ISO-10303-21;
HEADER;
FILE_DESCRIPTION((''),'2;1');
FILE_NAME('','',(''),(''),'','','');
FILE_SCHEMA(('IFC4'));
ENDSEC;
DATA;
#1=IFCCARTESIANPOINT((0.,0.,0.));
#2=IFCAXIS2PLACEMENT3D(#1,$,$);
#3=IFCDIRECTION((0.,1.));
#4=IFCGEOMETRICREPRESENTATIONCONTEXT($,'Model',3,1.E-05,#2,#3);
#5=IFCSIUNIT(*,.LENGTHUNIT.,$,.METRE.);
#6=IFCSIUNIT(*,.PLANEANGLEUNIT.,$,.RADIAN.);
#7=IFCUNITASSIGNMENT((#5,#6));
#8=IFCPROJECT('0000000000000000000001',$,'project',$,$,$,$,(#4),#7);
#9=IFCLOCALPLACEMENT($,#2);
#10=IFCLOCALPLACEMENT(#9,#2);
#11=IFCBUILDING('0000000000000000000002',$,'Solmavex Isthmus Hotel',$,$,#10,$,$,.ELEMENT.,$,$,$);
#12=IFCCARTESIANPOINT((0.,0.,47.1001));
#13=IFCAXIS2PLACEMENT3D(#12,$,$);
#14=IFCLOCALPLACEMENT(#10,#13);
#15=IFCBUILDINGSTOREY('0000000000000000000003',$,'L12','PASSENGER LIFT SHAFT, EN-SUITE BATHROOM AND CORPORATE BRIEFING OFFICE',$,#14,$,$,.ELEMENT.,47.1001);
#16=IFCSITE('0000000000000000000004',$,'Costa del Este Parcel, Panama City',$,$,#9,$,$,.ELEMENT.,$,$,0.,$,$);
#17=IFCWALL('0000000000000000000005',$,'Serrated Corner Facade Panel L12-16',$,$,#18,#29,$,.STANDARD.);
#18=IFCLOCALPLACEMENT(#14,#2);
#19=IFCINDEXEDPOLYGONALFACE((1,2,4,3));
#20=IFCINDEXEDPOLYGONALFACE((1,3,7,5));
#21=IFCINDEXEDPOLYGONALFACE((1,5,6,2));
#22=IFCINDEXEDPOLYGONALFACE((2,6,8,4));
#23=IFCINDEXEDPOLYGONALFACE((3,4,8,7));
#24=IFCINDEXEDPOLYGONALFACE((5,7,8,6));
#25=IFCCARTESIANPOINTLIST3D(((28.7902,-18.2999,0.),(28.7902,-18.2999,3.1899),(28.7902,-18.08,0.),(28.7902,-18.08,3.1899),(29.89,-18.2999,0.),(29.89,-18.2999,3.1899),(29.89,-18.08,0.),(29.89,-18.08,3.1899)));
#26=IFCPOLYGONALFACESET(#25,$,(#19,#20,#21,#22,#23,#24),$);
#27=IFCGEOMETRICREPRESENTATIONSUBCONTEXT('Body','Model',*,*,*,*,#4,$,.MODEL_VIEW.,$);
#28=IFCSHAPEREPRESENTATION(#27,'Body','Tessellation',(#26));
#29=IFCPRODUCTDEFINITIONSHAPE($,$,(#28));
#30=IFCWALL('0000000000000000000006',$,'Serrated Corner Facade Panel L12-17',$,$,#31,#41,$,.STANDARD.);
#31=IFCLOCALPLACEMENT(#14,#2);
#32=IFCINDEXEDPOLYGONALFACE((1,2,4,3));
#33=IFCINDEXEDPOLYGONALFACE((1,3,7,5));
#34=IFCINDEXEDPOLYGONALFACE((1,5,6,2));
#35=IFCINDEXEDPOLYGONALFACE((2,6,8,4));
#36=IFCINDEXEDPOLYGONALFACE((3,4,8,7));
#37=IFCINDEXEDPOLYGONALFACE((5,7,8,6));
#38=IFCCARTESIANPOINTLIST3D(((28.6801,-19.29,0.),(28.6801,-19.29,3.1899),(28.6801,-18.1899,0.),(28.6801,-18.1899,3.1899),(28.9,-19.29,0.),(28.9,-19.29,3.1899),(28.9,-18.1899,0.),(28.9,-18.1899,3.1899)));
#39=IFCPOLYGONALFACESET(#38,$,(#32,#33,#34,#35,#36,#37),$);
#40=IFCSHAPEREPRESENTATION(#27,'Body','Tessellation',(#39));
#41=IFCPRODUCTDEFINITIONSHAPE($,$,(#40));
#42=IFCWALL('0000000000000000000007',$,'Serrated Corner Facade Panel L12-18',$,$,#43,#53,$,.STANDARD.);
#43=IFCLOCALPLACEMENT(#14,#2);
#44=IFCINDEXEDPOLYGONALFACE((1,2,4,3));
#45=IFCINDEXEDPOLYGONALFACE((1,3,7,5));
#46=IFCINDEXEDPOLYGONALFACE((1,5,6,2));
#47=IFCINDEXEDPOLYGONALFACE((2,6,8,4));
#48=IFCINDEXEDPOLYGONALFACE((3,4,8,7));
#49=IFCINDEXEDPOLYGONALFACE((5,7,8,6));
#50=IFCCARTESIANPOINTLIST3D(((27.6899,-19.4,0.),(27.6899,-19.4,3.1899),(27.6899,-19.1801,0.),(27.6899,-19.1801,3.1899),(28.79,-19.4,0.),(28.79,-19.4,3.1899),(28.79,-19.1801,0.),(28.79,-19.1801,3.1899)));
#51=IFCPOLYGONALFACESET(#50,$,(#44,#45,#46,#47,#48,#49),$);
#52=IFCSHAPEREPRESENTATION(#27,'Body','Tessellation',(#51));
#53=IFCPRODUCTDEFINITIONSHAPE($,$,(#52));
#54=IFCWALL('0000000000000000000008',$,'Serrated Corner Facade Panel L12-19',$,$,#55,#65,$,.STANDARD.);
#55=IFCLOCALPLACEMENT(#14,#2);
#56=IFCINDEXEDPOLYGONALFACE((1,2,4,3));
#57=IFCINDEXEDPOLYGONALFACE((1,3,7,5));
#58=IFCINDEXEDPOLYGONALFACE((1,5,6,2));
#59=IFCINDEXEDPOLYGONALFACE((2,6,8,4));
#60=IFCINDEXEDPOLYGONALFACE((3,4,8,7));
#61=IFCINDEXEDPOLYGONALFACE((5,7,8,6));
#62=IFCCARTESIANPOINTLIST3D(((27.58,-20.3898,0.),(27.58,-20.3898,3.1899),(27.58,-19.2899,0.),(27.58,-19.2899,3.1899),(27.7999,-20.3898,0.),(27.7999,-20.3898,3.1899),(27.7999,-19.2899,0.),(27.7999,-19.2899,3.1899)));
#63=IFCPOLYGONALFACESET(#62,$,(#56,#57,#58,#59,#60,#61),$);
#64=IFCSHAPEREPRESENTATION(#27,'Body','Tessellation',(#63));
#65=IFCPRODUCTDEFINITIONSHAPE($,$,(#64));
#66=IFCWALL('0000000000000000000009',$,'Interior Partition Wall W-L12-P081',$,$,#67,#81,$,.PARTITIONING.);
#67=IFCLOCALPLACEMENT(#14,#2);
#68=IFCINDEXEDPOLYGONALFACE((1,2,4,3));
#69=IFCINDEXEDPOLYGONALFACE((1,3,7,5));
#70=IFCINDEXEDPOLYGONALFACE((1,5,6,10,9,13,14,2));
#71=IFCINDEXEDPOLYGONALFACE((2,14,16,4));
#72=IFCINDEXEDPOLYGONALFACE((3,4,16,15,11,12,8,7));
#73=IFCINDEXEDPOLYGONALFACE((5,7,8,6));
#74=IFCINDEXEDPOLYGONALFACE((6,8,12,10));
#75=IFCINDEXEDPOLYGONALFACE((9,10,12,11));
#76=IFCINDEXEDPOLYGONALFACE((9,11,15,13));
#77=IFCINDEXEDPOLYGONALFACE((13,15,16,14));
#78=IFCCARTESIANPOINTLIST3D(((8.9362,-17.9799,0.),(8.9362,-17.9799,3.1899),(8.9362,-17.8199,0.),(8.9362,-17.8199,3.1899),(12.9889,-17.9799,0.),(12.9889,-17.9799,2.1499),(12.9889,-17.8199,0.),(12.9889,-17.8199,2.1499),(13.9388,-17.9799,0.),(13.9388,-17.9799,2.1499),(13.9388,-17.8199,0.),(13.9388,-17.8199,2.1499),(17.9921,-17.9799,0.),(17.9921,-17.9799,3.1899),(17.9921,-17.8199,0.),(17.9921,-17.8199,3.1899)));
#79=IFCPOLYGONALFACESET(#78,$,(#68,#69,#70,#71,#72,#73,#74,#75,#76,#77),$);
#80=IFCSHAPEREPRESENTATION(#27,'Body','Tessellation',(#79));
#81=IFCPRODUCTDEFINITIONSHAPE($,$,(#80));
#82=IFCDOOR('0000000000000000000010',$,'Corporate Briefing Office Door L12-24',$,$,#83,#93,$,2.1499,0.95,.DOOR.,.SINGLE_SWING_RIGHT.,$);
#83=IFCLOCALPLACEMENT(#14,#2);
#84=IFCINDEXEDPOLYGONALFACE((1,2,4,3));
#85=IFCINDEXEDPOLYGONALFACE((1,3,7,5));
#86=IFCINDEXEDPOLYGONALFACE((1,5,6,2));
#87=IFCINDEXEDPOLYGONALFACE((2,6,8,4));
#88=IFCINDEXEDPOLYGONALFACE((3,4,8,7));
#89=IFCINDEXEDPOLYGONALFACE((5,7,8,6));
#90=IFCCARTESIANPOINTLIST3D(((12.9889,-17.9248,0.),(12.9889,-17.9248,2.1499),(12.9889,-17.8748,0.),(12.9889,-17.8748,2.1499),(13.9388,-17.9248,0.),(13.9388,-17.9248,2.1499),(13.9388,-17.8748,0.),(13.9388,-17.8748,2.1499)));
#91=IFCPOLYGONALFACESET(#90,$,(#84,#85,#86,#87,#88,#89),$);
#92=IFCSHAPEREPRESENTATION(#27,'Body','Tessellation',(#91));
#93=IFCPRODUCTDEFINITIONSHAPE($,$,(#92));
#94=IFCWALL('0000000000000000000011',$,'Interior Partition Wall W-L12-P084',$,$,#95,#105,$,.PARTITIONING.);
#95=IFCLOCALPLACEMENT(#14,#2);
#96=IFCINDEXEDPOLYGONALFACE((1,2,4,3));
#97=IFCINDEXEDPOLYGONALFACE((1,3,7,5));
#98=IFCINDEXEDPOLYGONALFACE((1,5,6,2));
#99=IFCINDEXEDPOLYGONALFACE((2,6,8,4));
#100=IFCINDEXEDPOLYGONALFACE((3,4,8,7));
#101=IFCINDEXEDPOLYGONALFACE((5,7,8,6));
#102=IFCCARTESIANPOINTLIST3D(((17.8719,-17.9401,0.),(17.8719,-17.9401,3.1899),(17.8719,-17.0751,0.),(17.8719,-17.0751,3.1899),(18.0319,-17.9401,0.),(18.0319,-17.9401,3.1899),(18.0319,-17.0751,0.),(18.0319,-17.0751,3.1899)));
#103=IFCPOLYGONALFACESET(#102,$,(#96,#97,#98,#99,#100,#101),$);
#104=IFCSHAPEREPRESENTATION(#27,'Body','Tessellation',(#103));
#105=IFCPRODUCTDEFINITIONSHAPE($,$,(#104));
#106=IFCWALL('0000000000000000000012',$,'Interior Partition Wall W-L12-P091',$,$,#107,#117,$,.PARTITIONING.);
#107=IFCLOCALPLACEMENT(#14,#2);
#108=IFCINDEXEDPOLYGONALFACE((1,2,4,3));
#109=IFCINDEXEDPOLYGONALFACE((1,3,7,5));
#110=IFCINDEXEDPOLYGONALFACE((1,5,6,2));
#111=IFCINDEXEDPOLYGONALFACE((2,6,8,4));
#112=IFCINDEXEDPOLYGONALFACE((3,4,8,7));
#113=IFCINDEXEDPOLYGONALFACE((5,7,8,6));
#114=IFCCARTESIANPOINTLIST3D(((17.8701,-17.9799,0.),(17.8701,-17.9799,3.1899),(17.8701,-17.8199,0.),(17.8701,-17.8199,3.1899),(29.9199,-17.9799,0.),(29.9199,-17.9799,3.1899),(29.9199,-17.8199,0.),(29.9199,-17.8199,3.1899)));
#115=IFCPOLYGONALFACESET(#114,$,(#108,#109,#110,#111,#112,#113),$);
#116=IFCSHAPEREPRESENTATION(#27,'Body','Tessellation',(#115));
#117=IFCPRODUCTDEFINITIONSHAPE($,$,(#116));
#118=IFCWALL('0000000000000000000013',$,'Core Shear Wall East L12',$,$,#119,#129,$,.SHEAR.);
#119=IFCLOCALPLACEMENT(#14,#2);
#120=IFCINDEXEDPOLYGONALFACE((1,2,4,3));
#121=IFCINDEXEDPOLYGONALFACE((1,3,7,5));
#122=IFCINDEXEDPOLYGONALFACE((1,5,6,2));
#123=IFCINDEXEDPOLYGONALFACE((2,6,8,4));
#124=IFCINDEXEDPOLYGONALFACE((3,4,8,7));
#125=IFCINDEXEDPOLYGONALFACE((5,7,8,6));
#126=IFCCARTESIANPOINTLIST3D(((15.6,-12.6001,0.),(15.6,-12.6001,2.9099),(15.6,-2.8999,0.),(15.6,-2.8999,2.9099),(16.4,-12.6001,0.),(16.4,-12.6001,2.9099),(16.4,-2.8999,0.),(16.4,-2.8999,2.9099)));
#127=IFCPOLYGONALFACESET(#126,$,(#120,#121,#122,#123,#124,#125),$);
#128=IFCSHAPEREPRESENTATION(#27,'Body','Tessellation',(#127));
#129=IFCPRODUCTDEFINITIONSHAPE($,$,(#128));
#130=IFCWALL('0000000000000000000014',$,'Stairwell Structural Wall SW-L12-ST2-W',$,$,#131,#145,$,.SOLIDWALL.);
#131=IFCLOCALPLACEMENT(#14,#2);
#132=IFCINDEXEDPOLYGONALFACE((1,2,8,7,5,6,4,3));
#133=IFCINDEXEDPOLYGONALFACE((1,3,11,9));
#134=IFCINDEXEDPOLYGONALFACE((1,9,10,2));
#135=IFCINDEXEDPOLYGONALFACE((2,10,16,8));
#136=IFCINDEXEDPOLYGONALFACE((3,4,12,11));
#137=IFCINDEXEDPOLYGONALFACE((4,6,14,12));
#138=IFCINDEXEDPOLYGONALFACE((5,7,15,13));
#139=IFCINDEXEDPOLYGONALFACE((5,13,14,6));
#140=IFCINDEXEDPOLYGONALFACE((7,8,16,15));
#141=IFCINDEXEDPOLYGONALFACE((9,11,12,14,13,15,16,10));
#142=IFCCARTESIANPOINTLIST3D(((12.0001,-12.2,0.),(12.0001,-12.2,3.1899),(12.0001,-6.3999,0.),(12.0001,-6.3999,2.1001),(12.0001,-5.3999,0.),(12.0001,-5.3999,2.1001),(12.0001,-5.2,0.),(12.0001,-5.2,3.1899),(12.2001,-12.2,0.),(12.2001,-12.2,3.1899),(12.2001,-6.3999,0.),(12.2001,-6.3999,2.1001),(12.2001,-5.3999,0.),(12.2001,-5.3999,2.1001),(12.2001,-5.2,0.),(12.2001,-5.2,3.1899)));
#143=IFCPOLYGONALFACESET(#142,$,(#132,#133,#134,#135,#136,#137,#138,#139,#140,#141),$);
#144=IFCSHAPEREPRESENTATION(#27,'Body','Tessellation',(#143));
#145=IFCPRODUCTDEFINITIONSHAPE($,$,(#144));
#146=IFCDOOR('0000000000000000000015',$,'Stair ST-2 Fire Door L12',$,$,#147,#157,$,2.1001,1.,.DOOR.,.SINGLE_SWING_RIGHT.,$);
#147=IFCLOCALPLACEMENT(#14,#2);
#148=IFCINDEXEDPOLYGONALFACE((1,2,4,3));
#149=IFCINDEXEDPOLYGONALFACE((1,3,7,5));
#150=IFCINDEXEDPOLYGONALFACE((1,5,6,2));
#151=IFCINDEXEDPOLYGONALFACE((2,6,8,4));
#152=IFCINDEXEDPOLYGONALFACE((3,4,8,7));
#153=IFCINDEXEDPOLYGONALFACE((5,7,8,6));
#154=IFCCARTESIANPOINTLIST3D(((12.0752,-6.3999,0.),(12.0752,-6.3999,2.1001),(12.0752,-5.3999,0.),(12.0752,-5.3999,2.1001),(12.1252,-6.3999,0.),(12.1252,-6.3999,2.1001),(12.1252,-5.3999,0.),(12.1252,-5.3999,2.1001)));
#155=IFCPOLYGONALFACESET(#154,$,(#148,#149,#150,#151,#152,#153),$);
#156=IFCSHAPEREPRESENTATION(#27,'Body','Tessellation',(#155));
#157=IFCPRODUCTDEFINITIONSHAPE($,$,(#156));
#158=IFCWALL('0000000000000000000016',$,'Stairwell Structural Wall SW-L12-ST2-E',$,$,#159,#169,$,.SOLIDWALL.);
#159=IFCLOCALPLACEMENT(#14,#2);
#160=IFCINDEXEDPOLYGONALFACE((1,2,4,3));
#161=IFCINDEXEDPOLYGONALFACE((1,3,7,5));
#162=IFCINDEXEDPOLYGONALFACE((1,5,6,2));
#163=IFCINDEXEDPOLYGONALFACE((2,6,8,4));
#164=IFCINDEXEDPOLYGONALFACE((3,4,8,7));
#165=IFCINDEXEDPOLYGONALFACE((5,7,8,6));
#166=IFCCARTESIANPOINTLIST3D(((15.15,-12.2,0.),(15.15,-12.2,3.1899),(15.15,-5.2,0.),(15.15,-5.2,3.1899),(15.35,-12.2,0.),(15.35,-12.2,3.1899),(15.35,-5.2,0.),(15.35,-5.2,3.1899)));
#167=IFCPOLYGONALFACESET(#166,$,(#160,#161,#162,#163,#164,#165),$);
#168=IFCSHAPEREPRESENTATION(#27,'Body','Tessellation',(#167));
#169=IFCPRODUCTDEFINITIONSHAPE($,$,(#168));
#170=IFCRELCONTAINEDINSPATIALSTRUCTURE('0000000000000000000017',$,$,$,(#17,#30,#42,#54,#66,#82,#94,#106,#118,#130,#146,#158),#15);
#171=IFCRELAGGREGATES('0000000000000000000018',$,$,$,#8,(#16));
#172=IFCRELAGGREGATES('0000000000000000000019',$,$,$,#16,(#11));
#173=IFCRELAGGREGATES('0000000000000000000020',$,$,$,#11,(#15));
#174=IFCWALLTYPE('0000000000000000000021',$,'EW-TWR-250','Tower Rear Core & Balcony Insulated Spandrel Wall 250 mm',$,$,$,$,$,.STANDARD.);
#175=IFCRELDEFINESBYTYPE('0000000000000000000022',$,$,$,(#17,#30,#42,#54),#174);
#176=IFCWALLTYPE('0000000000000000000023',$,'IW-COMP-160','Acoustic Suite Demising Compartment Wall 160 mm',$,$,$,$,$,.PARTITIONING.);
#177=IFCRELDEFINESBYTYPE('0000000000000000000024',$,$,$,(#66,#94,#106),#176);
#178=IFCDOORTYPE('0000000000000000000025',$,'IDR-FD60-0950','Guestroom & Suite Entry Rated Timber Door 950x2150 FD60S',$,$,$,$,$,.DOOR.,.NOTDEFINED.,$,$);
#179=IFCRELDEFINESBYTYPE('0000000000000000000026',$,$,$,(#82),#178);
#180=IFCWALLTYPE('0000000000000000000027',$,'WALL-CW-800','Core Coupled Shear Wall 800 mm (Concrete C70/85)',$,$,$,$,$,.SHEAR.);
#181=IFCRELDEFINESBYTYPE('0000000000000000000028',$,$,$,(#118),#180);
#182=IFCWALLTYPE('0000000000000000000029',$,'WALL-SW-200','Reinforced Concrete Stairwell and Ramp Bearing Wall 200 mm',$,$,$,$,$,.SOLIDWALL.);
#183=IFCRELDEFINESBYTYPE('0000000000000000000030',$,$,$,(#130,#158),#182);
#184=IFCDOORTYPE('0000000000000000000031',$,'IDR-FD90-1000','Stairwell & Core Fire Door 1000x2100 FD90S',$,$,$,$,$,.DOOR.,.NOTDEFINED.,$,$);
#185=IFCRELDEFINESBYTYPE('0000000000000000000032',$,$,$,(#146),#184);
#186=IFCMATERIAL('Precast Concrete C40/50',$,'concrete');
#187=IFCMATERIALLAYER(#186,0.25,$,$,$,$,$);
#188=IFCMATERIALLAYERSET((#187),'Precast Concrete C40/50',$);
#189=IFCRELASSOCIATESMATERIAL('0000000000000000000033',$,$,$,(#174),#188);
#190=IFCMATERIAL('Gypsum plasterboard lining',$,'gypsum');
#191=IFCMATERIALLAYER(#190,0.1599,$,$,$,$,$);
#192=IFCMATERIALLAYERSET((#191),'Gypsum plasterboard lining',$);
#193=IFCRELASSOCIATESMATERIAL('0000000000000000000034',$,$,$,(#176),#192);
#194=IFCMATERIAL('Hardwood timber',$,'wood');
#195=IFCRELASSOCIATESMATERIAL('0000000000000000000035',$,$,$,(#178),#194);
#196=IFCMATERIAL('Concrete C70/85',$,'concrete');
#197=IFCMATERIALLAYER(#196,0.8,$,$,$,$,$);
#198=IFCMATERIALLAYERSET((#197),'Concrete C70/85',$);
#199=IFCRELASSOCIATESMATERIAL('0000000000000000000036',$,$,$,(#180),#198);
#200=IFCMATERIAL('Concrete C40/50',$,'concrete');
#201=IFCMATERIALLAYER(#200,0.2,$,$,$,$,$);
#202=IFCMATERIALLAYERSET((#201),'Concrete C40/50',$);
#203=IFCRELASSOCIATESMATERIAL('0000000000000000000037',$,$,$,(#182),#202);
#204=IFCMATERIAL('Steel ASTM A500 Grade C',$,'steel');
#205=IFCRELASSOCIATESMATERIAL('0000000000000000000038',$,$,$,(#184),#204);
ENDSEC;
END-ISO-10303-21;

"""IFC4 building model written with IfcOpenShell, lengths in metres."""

from ifc_helpers import new_model, si_unit, direction, frame, frame_2d, origin, place, context, subcontext, project, spatial, rectangle, extrude, material, layer, layer_set, type_object, element, fill, save


model = new_model("IFC4")

# Units and contexts
model_context = context("Model", 3, precision=1e-05, world=origin(), true_north=direction((0.0, 1.0)))
body_context = subcontext(model_context, "Body", "Model", "MODEL_VIEW")
ifc_project = project(units=[si_unit("LENGTHUNIT", "METRE"), si_unit("PLANEANGLEUNIT", "RADIAN")], contexts=[model_context])

# Site, building, storey
site_placement = place(None, origin())
site = spatial("IfcSite", under=ifc_project, at=site_placement, Name="Costa del Este Parcel, Panama City", CompositionType="ELEMENT", RefElevation=0.0)
building_placement = place(site_placement, origin())
building = spatial("IfcBuilding", under=site, at=building_placement, Name="Solmavex Isthmus Hotel", CompositionType="ELEMENT")
storey_placement = place(building_placement, frame((0.0, 0.0, 47.1001)))
storey = spatial("IfcBuildingStorey", under=building, at=storey_placement, Name="L12", Description="PASSENGER LIFT SHAFT, EN-SUITE BATHROOM AND CORPORATE BRIEFING OFFICE", CompositionType="ELEMENT", Elevation=47.1001)

# Shared definitions
ifc_material_1 = material(Name="Concrete C70/85", Category="concrete")

# Walls
ifc_material_2 = material(Name="Precast Concrete C40/50", Category="concrete")
ifc_layer_1 = layer(ifc_material_2, 0.25)
ifc_layer_set_1 = layer_set([ifc_layer_1], Name="Precast Concrete C40/50")
wall_type_1 = type_object("IfcWallType", Name="EW-TWR-250", Description="Tower Rear Core & Balcony Insulated Spandrel Wall 250 mm", PredefinedType="STANDARD", material=ifc_layer_set_1)
wall_1_placement = place(storey_placement, frame((29.8899, -18.1899, 0.0), z_axis=(0.0, 0.0, 1.0), x_axis=(-1.0, 0.0, 0.0)))
element("IfcWall", 1, at=wall_1_placement, inside=storey, type_object=wall_type_1, Name="Serrated Corner Facade Panel L12-16", PredefinedType="STANDARD", context=body_context, shape_type="SweptSolid", body=[
    extrude(rectangle(XDim=1.0999, YDim=0.22, at=frame_2d((0.5498, 0.0))), origin(), (0.0, 0.0, 1.0), 3.1899),
])
for number, where, z_axis, x_axis, name in (
    (2, (28.79, -18.1899, 0.0), (0.0, 0.0, 1.0), (0.0, -1.0, 0.0), "Serrated Corner Facade Panel L12-17"),
    (3, (28.79, -19.29, 0.0), (0.0, 0.0, 1.0), (-1.0, 0.0, 0.0), "Serrated Corner Facade Panel L12-18"),
):
    element("IfcWall", number, at=place(storey_placement, frame(where, z_axis=z_axis, x_axis=x_axis)), inside=storey, type_object=wall_type_1, Name=name, PredefinedType="STANDARD", context=body_context, shape_type="SweptSolid", body=[
        extrude(rectangle(XDim=1.1001, YDim=0.22, at=frame_2d((0.55, 0.0))), origin(), (0.0, 0.0, 1.0), 3.1899),
    ])
wall_2_placement = place(storey_placement, frame((27.6899, -19.29, 0.0), z_axis=(0.0, 0.0, 1.0), x_axis=(0.0, -1.0, 0.0)))
element("IfcWall", 4, at=wall_2_placement, inside=storey, type_object=wall_type_1, Name="Serrated Corner Facade Panel L12-19", PredefinedType="STANDARD", context=body_context, shape_type="SweptSolid", body=[
    extrude(rectangle(XDim=1.0999, YDim=0.22, at=frame_2d((0.5498, 0.0))), origin(), (0.0, 0.0, 1.0), 3.1899),
])

# Wall, opening, door
ifc_material_3 = material(Name="Gypsum plasterboard lining", Category="gypsum")
ifc_layer_2 = layer(ifc_material_3, 0.1599)
ifc_layer_set_2 = layer_set([ifc_layer_2], Name="Gypsum plasterboard lining")
wall_type_2 = type_object("IfcWallType", Name="IW-COMP-160", Description="Acoustic Suite Demising Compartment Wall 160 mm", PredefinedType="PARTITIONING", material=ifc_layer_set_2)
wall_3_placement = place(storey_placement, frame((17.9919, -17.8999, 0.0), z_axis=(0.0, 0.0, 1.0), x_axis=(-1.0, 0.0, 0.0)))
wall_3 = element("IfcWall", 5, at=wall_3_placement, inside=storey, type_object=wall_type_2, Name="Interior Partition Wall W-L12-P081", PredefinedType="PARTITIONING", context=body_context, shape_type="SweptSolid", body=[
    extrude(rectangle(XDim=9.0559, YDim=0.1599, at=frame_2d((4.5278, 0.0))), origin(), (0.0, 0.0, 1.0), 3.1899),
])
opening_1_placement = place(wall_3_placement, frame((4.053, 0.0, 0.0)))
opening_1 = element("IfcOpeningElement", 6, at=opening_1_placement, cuts=wall_3, PredefinedType="OPENING", context=body_context, shape_type="SweptSolid", body=[
    extrude(rectangle(XDim=0.95, YDim=2.1499, at=frame_2d((0.4751, 1.075))), frame((0.0, 0.0898, 0.0), z_axis=(0.0, -1.0, 0.0), x_axis=(1.0, 0.0, 0.0)), (0.0, 0.0, 1.0), 0.1799),
])
ifc_material_4 = material(Name="Hardwood timber", Category="wood")
door_type_1 = type_object("IfcDoorType", Name="IDR-FD60-0950", Description="Guestroom & Suite Entry Rated Timber Door 950x2150 FD60S", OperationType="NOTDEFINED", PredefinedType="DOOR", material=ifc_material_4)
door_1_placement = place(opening_1_placement, origin())
door_1 = element("IfcDoor", 7, at=door_1_placement, inside=storey, type_object=door_type_1, Name="Corporate Briefing Office Door L12-24", OperationType="SINGLE_SWING_RIGHT", OverallHeight=2.1499, OverallWidth=0.95, PredefinedType="DOOR", context=body_context, shape_type="SweptSolid", body=[
    extrude(rectangle(XDim=0.95, YDim=2.1499, at=frame_2d((0.4751, 1.075))), frame((0.0, 0.0249, 0.0), z_axis=(0.0, -1.0, 0.0), x_axis=(1.0, 0.0, 0.0)), (0.0, 0.0, 1.0), 0.05),
])
fill(opening_1, door_1)

# Walls
wall_4_placement = place(storey_placement, frame((17.9519, -17.075, 0.0), z_axis=(0.0, 0.0, 1.0), x_axis=(0.0, -1.0, 0.0)))
element("IfcWall", 8, at=wall_4_placement, inside=storey, type_object=wall_type_2, Name="Interior Partition Wall W-L12-P084", PredefinedType="PARTITIONING", context=body_context, shape_type="SweptSolid", body=[
    extrude(rectangle(XDim=0.865, YDim=0.1599, at=frame_2d((0.4326, 0.0))), origin(), (0.0, 0.0, 1.0), 3.1899),
])
wall_5_placement = place(storey_placement, frame((17.8701, -17.8999, 0.0), z_axis=(0.0, 0.0, 1.0), x_axis=(1.0, 0.0, 0.0)))
element("IfcWall", 9, at=wall_5_placement, inside=storey, type_object=wall_type_2, Name="Interior Partition Wall W-L12-P091", PredefinedType="PARTITIONING", context=body_context, shape_type="SweptSolid", body=[
    extrude(rectangle(XDim=12.0498, YDim=0.1599, at=frame_2d((6.0249, 0.0))), origin(), (0.0, 0.0, 1.0), 3.1899),
])
ifc_layer_3 = layer(ifc_material_1, 0.8)
ifc_layer_set_3 = layer_set([ifc_layer_3], Name="Concrete C70/85")
wall_type_3 = type_object("IfcWallType", Name="WALL-CW-800", Description="Core Coupled Shear Wall 800 mm (Concrete C70/85)", PredefinedType="SHEAR", material=ifc_layer_set_3)
wall_6_placement = place(storey_placement, frame((16.0, -12.6001, 0.0), z_axis=(0.0, 0.0, 1.0), x_axis=(0.0, 1.0, 0.0)))
element("IfcWall", 10, at=wall_6_placement, inside=storey, type_object=wall_type_3, Name="Core Shear Wall East L12", PredefinedType="SHEAR", context=body_context, shape_type="SweptSolid", body=[
    extrude(rectangle(XDim=9.7002, YDim=0.8, at=frame_2d((4.8501, 0.0))), origin(), (0.0, 0.0, 1.0), 2.9099),
])

# Wall, opening, door
ifc_material_5 = material(Name="Concrete C40/50", Category="concrete")
ifc_layer_4 = layer(ifc_material_5, 0.2)
ifc_layer_set_4 = layer_set([ifc_layer_4], Name="Concrete C40/50")
wall_type_4 = type_object("IfcWallType", Name="WALL-SW-200", Description="Reinforced Concrete Stairwell and Ramp Bearing Wall 200 mm", PredefinedType="SOLIDWALL", material=ifc_layer_set_4)
wall_7_placement = place(storey_placement, frame((12.1001, -12.2, 0.0), z_axis=(0.0, 0.0, 1.0), x_axis=(0.0, 1.0, 0.0)))
wall_7 = element("IfcWall", 11, at=wall_7_placement, inside=storey, type_object=wall_type_4, Name="Stairwell Structural Wall SW-L12-ST2-W", PredefinedType="SOLIDWALL", context=body_context, shape_type="SweptSolid", body=[
    extrude(rectangle(XDim=7.0, YDim=0.2, at=frame_2d((3.5, 0.0))), origin(), (0.0, 0.0, 1.0), 3.1899),
])
opening_2_placement = place(wall_7_placement, frame((5.8, 0.0, 0.0)))
opening_2 = element("IfcOpeningElement", 12, at=opening_2_placement, cuts=wall_7, PredefinedType="OPENING", context=body_context, shape_type="SweptSolid", body=[
    extrude(rectangle(XDim=1.0, YDim=2.1001, at=frame_2d((0.5, 1.05))), frame((0.0, 0.1099, 0.0), z_axis=(0.0, -1.0, 0.0), x_axis=(1.0, 0.0, 0.0)), (0.0, 0.0, 1.0), 0.22),
])
ifc_material_6 = material(Name="Steel ASTM A500 Grade C", Category="steel")
door_type_2 = type_object("IfcDoorType", Name="IDR-FD90-1000", Description="Stairwell & Core Fire Door 1000x2100 FD90S", OperationType="NOTDEFINED", PredefinedType="DOOR", material=ifc_material_6)
door_2_placement = place(opening_2_placement, origin())
door_2 = element("IfcDoor", 13, at=door_2_placement, inside=storey, type_object=door_type_2, Name="Stair ST-2 Fire Door L12", OperationType="SINGLE_SWING_RIGHT", OverallHeight=2.1001, OverallWidth=1.0, PredefinedType="DOOR", context=body_context, shape_type="SweptSolid", body=[
    extrude(rectangle(XDim=1.0, YDim=2.1001, at=frame_2d((0.5, 1.05))), frame((0.0, 0.0249, 0.0), z_axis=(0.0, -1.0, 0.0), x_axis=(1.0, 0.0, 0.0)), (0.0, 0.0, 1.0), 0.05),
])
fill(opening_2, door_2)

# Wall
wall_8_placement = place(storey_placement, frame((15.25, -12.2, 0.0), z_axis=(0.0, 0.0, 1.0), x_axis=(0.0, 1.0, 0.0)))
element("IfcWall", 14, at=wall_8_placement, inside=storey, type_object=wall_type_4, Name="Stairwell Structural Wall SW-L12-ST2-E", PredefinedType="SOLIDWALL", context=body_context, shape_type="SweptSolid", body=[
    extrude(rectangle(XDim=7.0, YDim=0.2, at=frame_2d((3.5, 0.0))), origin(), (0.0, 0.0, 1.0), 3.1899),
])

save(model, "model.ifc")
